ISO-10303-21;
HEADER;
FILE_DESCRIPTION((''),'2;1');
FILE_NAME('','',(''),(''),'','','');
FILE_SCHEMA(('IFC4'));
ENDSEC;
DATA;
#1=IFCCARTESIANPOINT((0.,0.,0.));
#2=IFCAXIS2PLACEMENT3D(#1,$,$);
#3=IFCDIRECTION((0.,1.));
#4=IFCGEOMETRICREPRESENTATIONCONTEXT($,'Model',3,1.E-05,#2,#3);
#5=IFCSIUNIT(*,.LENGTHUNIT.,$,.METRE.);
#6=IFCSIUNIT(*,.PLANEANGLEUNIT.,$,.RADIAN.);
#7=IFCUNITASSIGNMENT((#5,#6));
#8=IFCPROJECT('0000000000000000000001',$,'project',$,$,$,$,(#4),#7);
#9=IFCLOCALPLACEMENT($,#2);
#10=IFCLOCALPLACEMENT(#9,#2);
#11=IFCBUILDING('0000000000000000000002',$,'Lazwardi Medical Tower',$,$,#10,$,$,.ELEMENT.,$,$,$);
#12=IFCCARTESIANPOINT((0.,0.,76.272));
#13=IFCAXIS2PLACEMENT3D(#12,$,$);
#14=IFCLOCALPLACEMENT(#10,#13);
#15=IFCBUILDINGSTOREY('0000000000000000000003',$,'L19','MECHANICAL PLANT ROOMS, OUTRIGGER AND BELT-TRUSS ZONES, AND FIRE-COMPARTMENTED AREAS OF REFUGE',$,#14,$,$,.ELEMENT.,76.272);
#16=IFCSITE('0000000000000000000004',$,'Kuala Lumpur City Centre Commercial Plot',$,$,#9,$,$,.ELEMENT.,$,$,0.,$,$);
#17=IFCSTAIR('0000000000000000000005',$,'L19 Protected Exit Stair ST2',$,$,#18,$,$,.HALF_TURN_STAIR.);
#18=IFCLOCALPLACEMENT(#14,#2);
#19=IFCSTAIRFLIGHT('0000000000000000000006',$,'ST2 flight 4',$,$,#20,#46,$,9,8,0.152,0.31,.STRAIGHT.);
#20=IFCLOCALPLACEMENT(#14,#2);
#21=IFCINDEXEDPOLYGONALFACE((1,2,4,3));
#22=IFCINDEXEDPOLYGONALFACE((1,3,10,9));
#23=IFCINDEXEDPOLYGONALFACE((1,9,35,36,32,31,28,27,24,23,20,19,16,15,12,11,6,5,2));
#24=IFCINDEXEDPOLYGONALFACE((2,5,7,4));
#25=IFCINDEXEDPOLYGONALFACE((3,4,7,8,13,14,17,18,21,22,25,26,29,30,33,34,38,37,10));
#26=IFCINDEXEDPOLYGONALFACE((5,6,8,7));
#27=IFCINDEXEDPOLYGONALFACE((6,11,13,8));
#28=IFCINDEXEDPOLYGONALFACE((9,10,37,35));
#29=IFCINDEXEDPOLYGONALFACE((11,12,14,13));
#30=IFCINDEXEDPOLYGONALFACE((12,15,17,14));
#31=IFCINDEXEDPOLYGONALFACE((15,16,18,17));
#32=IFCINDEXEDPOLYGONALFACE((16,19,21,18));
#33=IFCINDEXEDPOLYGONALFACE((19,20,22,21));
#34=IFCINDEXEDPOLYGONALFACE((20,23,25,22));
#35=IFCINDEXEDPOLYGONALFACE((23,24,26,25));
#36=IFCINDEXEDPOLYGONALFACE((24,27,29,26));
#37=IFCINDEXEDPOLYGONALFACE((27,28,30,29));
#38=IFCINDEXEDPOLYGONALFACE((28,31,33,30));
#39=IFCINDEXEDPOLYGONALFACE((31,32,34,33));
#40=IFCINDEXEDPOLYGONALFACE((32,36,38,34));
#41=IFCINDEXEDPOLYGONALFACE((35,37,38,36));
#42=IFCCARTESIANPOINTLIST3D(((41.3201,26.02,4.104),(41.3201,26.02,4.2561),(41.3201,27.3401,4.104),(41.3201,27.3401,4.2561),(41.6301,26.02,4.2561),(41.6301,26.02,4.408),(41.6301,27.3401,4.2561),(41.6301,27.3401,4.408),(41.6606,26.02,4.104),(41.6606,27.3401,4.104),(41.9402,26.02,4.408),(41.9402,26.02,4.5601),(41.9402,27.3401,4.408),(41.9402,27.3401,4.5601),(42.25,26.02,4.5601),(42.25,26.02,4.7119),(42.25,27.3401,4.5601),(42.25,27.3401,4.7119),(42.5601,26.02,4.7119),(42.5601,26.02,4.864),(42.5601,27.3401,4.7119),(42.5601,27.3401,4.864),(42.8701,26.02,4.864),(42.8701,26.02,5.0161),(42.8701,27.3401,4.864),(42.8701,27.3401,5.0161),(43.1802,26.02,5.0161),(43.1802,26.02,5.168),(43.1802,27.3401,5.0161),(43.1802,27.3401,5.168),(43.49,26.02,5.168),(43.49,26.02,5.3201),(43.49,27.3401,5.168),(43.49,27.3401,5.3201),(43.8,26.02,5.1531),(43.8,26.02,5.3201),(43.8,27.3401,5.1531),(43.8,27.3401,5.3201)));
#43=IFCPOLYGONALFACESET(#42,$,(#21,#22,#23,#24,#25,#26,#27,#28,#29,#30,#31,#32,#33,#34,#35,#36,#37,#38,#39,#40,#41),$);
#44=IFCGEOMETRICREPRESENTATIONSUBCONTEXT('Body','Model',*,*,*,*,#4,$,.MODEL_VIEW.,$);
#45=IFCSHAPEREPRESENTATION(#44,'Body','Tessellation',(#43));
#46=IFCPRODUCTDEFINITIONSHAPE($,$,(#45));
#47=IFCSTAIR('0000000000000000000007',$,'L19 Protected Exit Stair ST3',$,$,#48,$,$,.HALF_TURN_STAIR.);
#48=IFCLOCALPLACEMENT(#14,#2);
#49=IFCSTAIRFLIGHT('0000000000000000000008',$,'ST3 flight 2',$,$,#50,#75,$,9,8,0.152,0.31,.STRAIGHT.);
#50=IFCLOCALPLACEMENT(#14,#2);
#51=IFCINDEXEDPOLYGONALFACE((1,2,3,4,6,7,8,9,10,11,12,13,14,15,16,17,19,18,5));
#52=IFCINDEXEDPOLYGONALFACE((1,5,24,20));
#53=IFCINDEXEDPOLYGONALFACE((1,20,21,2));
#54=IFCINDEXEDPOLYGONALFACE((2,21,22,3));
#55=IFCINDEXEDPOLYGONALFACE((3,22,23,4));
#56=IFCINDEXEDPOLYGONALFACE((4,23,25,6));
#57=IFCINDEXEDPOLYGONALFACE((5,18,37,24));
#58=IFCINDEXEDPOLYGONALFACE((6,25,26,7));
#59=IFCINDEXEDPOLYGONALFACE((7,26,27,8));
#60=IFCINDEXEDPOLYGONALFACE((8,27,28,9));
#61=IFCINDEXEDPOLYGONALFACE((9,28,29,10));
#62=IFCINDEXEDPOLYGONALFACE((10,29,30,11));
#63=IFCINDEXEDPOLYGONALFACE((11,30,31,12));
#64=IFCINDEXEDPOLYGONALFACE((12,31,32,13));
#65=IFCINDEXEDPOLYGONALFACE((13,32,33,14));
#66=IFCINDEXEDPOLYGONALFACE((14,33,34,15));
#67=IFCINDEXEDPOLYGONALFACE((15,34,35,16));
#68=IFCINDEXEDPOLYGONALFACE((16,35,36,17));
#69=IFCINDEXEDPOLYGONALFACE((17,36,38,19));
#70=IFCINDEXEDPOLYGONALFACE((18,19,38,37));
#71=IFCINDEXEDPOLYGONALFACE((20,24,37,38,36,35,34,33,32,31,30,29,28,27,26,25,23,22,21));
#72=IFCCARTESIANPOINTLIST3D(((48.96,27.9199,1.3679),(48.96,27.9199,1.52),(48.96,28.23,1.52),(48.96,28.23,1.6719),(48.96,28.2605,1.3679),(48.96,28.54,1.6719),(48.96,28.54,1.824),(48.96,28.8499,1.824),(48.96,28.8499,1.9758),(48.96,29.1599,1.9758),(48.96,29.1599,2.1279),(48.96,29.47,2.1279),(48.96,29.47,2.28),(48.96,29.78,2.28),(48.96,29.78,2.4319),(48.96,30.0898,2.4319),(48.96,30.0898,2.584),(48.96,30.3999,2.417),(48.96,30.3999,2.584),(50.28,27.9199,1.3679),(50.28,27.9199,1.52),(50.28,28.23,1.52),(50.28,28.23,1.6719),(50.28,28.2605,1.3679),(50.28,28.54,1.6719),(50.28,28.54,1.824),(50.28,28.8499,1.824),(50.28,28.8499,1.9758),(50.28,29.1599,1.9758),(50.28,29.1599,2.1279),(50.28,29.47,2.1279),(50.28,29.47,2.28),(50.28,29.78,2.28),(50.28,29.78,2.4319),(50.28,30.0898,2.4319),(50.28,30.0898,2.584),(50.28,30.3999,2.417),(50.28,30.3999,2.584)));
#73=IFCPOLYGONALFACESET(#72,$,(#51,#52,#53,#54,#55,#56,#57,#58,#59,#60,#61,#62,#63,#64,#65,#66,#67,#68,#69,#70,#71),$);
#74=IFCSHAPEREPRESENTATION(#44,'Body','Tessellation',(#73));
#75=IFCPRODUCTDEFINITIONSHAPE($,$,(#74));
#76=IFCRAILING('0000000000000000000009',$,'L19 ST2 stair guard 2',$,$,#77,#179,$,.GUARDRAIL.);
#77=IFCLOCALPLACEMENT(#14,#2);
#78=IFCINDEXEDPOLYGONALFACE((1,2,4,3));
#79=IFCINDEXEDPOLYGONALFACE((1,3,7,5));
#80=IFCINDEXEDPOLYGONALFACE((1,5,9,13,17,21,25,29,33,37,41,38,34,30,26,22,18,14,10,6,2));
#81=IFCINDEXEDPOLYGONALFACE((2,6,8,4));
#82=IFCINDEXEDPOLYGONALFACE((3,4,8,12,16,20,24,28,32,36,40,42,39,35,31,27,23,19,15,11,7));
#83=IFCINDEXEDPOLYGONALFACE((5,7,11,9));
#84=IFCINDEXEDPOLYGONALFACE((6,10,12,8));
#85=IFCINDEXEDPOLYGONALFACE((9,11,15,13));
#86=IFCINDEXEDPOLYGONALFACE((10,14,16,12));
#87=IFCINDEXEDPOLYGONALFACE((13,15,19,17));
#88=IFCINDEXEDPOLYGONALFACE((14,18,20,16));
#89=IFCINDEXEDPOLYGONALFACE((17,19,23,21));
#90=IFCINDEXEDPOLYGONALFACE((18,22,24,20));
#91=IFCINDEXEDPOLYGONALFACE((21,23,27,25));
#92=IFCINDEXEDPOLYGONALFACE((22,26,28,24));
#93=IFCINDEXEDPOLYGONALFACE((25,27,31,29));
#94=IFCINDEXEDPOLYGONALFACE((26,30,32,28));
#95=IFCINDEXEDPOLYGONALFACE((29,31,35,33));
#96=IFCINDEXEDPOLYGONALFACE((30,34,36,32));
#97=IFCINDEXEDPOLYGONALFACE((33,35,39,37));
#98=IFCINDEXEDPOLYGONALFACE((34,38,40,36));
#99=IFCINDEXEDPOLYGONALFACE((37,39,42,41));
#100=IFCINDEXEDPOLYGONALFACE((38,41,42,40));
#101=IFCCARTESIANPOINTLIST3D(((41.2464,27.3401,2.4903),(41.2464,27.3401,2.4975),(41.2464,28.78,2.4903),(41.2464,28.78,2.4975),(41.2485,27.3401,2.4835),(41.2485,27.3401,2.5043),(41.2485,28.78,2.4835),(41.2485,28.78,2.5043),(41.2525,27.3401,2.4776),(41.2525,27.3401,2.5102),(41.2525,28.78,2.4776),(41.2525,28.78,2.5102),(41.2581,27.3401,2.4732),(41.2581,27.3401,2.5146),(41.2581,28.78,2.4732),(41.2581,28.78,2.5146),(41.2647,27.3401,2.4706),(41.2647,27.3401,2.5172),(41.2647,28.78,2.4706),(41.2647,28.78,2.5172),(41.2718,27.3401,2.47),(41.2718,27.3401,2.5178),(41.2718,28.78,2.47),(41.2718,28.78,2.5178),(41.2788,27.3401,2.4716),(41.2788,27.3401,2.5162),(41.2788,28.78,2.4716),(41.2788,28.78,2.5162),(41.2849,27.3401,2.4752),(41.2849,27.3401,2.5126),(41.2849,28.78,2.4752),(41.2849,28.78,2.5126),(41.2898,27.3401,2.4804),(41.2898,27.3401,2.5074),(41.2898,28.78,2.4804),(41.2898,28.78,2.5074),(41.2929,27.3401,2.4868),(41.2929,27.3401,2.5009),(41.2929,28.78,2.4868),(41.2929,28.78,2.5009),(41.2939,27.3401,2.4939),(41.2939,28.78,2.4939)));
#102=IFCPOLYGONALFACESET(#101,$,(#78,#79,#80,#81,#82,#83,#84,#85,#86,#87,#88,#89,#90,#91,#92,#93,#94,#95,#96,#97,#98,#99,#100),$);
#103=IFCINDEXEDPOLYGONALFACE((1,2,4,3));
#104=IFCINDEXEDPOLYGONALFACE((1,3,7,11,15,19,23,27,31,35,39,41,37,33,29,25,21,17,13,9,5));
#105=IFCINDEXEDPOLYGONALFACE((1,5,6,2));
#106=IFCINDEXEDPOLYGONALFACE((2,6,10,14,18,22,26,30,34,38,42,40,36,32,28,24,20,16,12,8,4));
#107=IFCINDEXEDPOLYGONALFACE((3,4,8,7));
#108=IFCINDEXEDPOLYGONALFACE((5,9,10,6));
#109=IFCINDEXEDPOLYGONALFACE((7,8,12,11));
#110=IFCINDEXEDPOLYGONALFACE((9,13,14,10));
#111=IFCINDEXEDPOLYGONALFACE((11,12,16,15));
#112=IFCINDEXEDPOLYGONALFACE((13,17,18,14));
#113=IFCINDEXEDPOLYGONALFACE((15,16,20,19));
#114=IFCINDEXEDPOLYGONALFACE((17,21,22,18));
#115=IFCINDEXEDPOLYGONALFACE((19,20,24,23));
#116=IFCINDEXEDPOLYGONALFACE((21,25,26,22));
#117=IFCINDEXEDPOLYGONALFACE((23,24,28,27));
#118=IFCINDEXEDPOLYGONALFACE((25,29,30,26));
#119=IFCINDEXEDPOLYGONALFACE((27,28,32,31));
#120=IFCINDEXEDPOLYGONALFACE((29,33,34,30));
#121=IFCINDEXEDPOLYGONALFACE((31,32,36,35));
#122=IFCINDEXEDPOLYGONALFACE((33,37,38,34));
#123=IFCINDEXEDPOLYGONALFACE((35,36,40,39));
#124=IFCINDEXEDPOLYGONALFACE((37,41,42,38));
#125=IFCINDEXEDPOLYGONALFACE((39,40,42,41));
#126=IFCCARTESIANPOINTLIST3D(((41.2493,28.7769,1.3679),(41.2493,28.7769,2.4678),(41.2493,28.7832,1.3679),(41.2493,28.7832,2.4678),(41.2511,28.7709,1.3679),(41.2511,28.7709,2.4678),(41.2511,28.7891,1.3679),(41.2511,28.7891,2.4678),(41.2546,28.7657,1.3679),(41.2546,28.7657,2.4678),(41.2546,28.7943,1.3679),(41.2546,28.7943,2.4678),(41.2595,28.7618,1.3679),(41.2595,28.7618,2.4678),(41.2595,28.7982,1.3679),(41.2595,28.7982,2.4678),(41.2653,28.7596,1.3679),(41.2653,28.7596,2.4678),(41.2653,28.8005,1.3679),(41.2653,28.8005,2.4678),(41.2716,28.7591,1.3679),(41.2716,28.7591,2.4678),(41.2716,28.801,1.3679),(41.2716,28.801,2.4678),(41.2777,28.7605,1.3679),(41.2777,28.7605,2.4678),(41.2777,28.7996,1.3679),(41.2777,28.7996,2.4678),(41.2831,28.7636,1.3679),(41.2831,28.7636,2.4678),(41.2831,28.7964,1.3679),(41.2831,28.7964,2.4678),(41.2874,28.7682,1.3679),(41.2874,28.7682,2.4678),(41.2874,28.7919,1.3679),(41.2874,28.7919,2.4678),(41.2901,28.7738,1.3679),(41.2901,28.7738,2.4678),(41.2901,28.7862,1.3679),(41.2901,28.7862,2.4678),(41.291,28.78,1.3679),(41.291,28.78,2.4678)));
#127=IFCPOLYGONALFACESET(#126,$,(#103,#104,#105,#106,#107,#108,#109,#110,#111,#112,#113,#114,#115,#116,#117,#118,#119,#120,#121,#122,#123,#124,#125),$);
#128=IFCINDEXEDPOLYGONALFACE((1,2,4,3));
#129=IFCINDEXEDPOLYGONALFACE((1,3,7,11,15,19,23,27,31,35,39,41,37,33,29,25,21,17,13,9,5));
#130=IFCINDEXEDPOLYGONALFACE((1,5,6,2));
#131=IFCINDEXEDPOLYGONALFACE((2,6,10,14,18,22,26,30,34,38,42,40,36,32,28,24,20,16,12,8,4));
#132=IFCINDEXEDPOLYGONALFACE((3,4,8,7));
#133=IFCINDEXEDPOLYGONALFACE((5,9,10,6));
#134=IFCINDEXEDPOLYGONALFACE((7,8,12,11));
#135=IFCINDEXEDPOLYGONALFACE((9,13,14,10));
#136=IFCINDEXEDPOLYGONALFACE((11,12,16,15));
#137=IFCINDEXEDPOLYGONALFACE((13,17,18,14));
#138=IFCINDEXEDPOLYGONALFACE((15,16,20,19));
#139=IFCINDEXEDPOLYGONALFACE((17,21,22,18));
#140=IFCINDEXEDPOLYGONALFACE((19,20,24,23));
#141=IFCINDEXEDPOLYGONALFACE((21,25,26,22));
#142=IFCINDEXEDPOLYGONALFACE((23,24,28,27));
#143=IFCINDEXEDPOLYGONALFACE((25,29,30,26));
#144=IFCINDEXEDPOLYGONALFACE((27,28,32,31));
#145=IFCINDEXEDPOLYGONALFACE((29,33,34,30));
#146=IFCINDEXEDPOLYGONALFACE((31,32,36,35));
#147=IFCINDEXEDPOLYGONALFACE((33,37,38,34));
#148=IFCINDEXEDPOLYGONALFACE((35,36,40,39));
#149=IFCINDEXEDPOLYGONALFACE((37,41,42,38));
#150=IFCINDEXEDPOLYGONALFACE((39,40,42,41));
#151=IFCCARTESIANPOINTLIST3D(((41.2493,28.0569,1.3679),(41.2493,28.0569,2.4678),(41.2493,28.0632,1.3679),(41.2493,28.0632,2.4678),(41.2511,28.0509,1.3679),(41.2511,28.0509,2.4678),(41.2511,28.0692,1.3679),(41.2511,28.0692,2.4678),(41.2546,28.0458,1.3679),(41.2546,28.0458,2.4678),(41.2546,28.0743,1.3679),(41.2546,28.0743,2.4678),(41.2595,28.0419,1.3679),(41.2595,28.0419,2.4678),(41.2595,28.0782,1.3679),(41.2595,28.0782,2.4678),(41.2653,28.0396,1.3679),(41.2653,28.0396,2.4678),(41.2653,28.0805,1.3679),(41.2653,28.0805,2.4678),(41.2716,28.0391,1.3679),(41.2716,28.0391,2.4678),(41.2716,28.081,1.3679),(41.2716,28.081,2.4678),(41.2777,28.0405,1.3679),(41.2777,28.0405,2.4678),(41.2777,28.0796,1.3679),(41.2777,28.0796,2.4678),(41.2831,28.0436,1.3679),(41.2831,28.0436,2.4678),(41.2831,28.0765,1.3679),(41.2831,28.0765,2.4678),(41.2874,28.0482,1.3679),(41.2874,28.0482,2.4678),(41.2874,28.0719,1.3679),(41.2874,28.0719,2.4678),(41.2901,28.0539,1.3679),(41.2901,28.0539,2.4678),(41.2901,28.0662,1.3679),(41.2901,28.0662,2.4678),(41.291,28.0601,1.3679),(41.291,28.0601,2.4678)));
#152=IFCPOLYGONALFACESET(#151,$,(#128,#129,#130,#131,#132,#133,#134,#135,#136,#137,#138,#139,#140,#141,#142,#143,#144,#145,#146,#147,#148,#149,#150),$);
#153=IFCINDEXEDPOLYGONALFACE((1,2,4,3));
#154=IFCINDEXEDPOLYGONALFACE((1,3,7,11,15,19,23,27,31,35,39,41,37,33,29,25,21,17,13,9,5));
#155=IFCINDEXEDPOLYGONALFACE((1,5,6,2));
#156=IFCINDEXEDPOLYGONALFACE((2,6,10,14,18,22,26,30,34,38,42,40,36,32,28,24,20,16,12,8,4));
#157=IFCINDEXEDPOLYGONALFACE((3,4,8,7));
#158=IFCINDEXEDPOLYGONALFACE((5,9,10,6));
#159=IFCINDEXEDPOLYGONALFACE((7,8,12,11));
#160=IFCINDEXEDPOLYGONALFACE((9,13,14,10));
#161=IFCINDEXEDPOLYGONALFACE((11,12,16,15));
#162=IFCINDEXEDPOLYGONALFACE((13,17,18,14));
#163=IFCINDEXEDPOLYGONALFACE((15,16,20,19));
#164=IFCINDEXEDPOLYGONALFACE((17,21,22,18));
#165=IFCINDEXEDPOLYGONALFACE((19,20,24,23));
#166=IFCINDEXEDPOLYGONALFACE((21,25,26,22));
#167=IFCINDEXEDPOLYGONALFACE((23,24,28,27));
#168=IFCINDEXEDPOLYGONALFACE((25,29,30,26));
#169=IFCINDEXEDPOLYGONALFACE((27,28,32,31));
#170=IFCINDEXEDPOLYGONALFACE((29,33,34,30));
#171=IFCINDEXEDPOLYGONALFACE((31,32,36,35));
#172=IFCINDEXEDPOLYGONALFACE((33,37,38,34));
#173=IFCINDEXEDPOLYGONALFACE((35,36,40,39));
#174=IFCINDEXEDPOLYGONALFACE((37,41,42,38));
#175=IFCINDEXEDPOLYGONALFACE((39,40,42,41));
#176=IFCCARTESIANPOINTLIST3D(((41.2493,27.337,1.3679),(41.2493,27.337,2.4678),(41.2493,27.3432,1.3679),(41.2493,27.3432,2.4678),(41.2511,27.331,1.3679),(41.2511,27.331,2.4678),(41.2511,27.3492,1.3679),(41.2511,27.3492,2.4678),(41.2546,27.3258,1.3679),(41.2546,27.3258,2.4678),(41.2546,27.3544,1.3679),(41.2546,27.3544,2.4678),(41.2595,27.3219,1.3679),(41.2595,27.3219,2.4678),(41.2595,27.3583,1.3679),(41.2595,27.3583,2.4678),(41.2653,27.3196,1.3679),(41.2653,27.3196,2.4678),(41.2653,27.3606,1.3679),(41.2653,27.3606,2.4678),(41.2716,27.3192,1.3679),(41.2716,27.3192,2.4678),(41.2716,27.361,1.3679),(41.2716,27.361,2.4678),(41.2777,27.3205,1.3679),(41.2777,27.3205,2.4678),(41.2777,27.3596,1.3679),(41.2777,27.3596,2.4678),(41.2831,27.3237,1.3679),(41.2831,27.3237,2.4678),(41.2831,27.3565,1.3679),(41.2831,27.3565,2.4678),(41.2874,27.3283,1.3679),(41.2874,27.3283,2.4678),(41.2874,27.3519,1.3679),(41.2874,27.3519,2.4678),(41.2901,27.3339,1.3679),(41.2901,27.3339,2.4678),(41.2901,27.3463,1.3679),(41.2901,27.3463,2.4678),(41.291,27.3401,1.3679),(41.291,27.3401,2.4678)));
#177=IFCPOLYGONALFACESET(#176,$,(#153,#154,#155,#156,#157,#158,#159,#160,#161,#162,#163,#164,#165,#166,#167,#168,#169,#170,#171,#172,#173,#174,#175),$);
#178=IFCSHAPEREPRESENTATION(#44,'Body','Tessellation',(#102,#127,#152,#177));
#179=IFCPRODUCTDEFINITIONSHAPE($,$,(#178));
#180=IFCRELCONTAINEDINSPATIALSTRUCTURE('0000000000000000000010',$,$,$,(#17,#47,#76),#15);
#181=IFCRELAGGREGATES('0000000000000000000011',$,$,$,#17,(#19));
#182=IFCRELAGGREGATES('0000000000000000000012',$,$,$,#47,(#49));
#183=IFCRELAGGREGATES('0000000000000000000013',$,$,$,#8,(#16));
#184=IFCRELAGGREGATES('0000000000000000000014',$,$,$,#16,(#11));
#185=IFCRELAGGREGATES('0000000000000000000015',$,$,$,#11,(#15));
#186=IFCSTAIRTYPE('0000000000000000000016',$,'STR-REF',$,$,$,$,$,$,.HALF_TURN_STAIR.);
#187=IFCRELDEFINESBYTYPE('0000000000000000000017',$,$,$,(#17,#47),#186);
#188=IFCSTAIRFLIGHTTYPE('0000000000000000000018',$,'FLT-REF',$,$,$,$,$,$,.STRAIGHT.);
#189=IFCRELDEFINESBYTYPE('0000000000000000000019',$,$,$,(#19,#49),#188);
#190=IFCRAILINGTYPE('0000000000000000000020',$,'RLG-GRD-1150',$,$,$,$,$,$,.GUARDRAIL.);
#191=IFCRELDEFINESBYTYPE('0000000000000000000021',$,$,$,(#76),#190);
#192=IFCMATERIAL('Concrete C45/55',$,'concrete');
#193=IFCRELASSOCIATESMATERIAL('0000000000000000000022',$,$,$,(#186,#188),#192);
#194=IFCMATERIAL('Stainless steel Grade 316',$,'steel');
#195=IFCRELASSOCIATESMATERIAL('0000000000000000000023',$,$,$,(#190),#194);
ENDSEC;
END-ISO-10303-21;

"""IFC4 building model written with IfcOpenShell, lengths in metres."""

from ifc_helpers import new_model, si_unit, direction, frame, origin, origin_2d, place, context, subcontext, project, spatial, polyline, circle, outline, extrude, material, type_object, element, aggregate, save


model = new_model("IFC4")

# Units and contexts
model_context = context("Model", 3, precision=1e-05, world=origin(), true_north=direction((0.0, 1.0)))
body_context = subcontext(model_context, "Body", "Model", "MODEL_VIEW")
ifc_project = project(units=[si_unit("LENGTHUNIT", "METRE"), si_unit("PLANEANGLEUNIT", "RADIAN")], contexts=[model_context])

# Site, building, storey
site_placement = place(None, origin())
site = spatial("IfcSite", under=ifc_project, at=site_placement, Name="Kuala Lumpur City Centre Commercial Plot", CompositionType="ELEMENT", RefElevation=0.0)
building_placement = place(site_placement, origin())
building = spatial("IfcBuilding", under=site, at=building_placement, Name="Lazwardi Medical Tower", CompositionType="ELEMENT")
storey_placement = place(building_placement, frame((0.0, 0.0, 76.272)))
storey = spatial("IfcBuildingStorey", under=building, at=storey_placement, Name="L19", Description="MECHANICAL PLANT ROOMS, OUTRIGGER AND BELT-TRUSS ZONES, AND FIRE-COMPARTMENTED AREAS OF REFUGE", CompositionType="ELEMENT", Elevation=76.272)

# Stair, stair flight
ifc_material_1 = material(Name="Concrete C45/55", Category="concrete")
stair_type = type_object("IfcStairType", Name="STR-REF", PredefinedType="HALF_TURN_STAIR", material=ifc_material_1)
stair_1_placement = place(storey_placement, origin())
stair_1 = element("IfcStair", 1, at=stair_1_placement, inside=storey, type_object=stair_type, Name="L19 Protected Exit Stair ST2", PredefinedType="HALF_TURN_STAIR")
stair_flight_type = type_object("IfcStairFlightType", Name="FLT-REF", PredefinedType="STRAIGHT", material=ifc_material_1)
stair_flight_1_placement = place(storey_placement, frame((41.3201, 26.6799, 4.104), z_axis=(0.0, 0.0, 1.0), x_axis=(1.0, 0.0, 0.0)))
stair_flight_1 = element("IfcStairFlight", 2, at=stair_flight_1_placement, type_object=stair_flight_type, Name="ST2 flight 4", NumberOfRisers=9, NumberOfTreads=8, PredefinedType="STRAIGHT", RiserHeight=0.152, TreadLength=0.31, context=body_context, shape_type="SweptSolid", body=[
    extrude(outline(polyline([(0.0, 0.0), (0.0, 0.1521), (0.3101, 0.1521), (0.3101, 0.304), (0.6201, 0.304), (0.6201, 0.4561), (0.9299, 0.4561), (0.9299, 0.6079), (1.24, 0.6079), (1.24, 0.76), (1.55, 0.76), (1.55, 0.9121), (1.8601, 0.9121), (1.8601, 1.064), (2.1699, 1.064), (2.1699, 1.2161), (2.48, 1.2161), (2.48, 1.3679), (2.48, 1.0491), (0.3406, 0.0), (0.0, 0.0)])), frame((0.0, 0.6602, 0.0), z_axis=(0.0, -1.0, 0.0), x_axis=(1.0, 0.0, 0.0)), (0.0, 0.0, 1.0), 1.3201),
])
aggregate(stair_1, [stair_flight_1])

# Stair, stair flight
stair_2_placement = place(storey_placement, origin())
stair_2 = element("IfcStair", 3, at=stair_2_placement, inside=storey, type_object=stair_type, Name="L19 Protected Exit Stair ST3", PredefinedType="HALF_TURN_STAIR")
stair_flight_2_placement = place(storey_placement, frame((49.6201, 27.9199, 1.3679), z_axis=(0.0, 0.0, 1.0), x_axis=(0.0, 1.0, 0.0)))
stair_flight_2 = element("IfcStairFlight", 4, at=stair_flight_2_placement, type_object=stair_flight_type, Name="ST3 flight 2", NumberOfRisers=9, NumberOfTreads=8, PredefinedType="STRAIGHT", RiserHeight=0.152, TreadLength=0.31, context=body_context, shape_type="SweptSolid", body=[
    extrude(outline(polyline([(0.0, 0.0), (0.0, 0.1521), (0.3101, 0.1521), (0.3101, 0.304), (0.6201, 0.304), (0.6201, 0.4561), (0.9299, 0.4561), (0.9299, 0.6079), (1.24, 0.6079), (1.24, 0.76), (1.55, 0.76), (1.55, 0.9121), (1.8601, 0.9121), (1.8601, 1.064), (2.1699, 1.064), (2.1699, 1.2161), (2.48, 1.2161), (2.48, 1.3679), (2.48, 1.0491), (0.3406, 0.0), (0.0, 0.0)])), frame((0.0, 0.6602, 0.0), z_axis=(0.0, -1.0, 0.0), x_axis=(1.0, 0.0, 0.0)), (0.0, 0.0, 1.0), 1.3201),
])
aggregate(stair_2, [stair_flight_2])

# Railing
ifc_material_2 = material(Name="Stainless steel Grade 316", Category="steel")
railing_type_1 = type_object("IfcRailingType", Name="RLG-GRD-1150", PredefinedType="GUARDRAIL", material=ifc_material_2)
railing_1_placement = place(storey_placement, frame((41.27, 28.78, 1.3679)))
element("IfcRailing", 5, at=railing_1_placement, inside=storey, type_object=railing_type_1, Name="L19 ST2 stair guard 2", PredefinedType="GUARDRAIL", context=body_context, shape_type="SweptSolid", body=[
    extrude(circle(Radius=0.0239, at=origin_2d()), frame((0.0, 0.0, 1.126), z_axis=(0.0, -1.0, 0.0), x_axis=(1.0, 0.0, 0.0)), (0.0, 0.0, 1.0), 1.4399),
    extrude(circle(Radius=0.021, at=origin_2d()), origin(), (0.0, 0.0, 1.0), 1.0999),
    extrude(circle(Radius=0.021, at=origin_2d()), frame((0.0, -0.72, 0.0)), (0.0, 0.0, 1.0), 1.0999),
    extrude(circle(Radius=0.021, at=origin_2d()), frame((0.0, -1.4399, 0.0)), (0.0, 0.0, 1.0), 1.0999),
])

save(model, "model.ifc")
